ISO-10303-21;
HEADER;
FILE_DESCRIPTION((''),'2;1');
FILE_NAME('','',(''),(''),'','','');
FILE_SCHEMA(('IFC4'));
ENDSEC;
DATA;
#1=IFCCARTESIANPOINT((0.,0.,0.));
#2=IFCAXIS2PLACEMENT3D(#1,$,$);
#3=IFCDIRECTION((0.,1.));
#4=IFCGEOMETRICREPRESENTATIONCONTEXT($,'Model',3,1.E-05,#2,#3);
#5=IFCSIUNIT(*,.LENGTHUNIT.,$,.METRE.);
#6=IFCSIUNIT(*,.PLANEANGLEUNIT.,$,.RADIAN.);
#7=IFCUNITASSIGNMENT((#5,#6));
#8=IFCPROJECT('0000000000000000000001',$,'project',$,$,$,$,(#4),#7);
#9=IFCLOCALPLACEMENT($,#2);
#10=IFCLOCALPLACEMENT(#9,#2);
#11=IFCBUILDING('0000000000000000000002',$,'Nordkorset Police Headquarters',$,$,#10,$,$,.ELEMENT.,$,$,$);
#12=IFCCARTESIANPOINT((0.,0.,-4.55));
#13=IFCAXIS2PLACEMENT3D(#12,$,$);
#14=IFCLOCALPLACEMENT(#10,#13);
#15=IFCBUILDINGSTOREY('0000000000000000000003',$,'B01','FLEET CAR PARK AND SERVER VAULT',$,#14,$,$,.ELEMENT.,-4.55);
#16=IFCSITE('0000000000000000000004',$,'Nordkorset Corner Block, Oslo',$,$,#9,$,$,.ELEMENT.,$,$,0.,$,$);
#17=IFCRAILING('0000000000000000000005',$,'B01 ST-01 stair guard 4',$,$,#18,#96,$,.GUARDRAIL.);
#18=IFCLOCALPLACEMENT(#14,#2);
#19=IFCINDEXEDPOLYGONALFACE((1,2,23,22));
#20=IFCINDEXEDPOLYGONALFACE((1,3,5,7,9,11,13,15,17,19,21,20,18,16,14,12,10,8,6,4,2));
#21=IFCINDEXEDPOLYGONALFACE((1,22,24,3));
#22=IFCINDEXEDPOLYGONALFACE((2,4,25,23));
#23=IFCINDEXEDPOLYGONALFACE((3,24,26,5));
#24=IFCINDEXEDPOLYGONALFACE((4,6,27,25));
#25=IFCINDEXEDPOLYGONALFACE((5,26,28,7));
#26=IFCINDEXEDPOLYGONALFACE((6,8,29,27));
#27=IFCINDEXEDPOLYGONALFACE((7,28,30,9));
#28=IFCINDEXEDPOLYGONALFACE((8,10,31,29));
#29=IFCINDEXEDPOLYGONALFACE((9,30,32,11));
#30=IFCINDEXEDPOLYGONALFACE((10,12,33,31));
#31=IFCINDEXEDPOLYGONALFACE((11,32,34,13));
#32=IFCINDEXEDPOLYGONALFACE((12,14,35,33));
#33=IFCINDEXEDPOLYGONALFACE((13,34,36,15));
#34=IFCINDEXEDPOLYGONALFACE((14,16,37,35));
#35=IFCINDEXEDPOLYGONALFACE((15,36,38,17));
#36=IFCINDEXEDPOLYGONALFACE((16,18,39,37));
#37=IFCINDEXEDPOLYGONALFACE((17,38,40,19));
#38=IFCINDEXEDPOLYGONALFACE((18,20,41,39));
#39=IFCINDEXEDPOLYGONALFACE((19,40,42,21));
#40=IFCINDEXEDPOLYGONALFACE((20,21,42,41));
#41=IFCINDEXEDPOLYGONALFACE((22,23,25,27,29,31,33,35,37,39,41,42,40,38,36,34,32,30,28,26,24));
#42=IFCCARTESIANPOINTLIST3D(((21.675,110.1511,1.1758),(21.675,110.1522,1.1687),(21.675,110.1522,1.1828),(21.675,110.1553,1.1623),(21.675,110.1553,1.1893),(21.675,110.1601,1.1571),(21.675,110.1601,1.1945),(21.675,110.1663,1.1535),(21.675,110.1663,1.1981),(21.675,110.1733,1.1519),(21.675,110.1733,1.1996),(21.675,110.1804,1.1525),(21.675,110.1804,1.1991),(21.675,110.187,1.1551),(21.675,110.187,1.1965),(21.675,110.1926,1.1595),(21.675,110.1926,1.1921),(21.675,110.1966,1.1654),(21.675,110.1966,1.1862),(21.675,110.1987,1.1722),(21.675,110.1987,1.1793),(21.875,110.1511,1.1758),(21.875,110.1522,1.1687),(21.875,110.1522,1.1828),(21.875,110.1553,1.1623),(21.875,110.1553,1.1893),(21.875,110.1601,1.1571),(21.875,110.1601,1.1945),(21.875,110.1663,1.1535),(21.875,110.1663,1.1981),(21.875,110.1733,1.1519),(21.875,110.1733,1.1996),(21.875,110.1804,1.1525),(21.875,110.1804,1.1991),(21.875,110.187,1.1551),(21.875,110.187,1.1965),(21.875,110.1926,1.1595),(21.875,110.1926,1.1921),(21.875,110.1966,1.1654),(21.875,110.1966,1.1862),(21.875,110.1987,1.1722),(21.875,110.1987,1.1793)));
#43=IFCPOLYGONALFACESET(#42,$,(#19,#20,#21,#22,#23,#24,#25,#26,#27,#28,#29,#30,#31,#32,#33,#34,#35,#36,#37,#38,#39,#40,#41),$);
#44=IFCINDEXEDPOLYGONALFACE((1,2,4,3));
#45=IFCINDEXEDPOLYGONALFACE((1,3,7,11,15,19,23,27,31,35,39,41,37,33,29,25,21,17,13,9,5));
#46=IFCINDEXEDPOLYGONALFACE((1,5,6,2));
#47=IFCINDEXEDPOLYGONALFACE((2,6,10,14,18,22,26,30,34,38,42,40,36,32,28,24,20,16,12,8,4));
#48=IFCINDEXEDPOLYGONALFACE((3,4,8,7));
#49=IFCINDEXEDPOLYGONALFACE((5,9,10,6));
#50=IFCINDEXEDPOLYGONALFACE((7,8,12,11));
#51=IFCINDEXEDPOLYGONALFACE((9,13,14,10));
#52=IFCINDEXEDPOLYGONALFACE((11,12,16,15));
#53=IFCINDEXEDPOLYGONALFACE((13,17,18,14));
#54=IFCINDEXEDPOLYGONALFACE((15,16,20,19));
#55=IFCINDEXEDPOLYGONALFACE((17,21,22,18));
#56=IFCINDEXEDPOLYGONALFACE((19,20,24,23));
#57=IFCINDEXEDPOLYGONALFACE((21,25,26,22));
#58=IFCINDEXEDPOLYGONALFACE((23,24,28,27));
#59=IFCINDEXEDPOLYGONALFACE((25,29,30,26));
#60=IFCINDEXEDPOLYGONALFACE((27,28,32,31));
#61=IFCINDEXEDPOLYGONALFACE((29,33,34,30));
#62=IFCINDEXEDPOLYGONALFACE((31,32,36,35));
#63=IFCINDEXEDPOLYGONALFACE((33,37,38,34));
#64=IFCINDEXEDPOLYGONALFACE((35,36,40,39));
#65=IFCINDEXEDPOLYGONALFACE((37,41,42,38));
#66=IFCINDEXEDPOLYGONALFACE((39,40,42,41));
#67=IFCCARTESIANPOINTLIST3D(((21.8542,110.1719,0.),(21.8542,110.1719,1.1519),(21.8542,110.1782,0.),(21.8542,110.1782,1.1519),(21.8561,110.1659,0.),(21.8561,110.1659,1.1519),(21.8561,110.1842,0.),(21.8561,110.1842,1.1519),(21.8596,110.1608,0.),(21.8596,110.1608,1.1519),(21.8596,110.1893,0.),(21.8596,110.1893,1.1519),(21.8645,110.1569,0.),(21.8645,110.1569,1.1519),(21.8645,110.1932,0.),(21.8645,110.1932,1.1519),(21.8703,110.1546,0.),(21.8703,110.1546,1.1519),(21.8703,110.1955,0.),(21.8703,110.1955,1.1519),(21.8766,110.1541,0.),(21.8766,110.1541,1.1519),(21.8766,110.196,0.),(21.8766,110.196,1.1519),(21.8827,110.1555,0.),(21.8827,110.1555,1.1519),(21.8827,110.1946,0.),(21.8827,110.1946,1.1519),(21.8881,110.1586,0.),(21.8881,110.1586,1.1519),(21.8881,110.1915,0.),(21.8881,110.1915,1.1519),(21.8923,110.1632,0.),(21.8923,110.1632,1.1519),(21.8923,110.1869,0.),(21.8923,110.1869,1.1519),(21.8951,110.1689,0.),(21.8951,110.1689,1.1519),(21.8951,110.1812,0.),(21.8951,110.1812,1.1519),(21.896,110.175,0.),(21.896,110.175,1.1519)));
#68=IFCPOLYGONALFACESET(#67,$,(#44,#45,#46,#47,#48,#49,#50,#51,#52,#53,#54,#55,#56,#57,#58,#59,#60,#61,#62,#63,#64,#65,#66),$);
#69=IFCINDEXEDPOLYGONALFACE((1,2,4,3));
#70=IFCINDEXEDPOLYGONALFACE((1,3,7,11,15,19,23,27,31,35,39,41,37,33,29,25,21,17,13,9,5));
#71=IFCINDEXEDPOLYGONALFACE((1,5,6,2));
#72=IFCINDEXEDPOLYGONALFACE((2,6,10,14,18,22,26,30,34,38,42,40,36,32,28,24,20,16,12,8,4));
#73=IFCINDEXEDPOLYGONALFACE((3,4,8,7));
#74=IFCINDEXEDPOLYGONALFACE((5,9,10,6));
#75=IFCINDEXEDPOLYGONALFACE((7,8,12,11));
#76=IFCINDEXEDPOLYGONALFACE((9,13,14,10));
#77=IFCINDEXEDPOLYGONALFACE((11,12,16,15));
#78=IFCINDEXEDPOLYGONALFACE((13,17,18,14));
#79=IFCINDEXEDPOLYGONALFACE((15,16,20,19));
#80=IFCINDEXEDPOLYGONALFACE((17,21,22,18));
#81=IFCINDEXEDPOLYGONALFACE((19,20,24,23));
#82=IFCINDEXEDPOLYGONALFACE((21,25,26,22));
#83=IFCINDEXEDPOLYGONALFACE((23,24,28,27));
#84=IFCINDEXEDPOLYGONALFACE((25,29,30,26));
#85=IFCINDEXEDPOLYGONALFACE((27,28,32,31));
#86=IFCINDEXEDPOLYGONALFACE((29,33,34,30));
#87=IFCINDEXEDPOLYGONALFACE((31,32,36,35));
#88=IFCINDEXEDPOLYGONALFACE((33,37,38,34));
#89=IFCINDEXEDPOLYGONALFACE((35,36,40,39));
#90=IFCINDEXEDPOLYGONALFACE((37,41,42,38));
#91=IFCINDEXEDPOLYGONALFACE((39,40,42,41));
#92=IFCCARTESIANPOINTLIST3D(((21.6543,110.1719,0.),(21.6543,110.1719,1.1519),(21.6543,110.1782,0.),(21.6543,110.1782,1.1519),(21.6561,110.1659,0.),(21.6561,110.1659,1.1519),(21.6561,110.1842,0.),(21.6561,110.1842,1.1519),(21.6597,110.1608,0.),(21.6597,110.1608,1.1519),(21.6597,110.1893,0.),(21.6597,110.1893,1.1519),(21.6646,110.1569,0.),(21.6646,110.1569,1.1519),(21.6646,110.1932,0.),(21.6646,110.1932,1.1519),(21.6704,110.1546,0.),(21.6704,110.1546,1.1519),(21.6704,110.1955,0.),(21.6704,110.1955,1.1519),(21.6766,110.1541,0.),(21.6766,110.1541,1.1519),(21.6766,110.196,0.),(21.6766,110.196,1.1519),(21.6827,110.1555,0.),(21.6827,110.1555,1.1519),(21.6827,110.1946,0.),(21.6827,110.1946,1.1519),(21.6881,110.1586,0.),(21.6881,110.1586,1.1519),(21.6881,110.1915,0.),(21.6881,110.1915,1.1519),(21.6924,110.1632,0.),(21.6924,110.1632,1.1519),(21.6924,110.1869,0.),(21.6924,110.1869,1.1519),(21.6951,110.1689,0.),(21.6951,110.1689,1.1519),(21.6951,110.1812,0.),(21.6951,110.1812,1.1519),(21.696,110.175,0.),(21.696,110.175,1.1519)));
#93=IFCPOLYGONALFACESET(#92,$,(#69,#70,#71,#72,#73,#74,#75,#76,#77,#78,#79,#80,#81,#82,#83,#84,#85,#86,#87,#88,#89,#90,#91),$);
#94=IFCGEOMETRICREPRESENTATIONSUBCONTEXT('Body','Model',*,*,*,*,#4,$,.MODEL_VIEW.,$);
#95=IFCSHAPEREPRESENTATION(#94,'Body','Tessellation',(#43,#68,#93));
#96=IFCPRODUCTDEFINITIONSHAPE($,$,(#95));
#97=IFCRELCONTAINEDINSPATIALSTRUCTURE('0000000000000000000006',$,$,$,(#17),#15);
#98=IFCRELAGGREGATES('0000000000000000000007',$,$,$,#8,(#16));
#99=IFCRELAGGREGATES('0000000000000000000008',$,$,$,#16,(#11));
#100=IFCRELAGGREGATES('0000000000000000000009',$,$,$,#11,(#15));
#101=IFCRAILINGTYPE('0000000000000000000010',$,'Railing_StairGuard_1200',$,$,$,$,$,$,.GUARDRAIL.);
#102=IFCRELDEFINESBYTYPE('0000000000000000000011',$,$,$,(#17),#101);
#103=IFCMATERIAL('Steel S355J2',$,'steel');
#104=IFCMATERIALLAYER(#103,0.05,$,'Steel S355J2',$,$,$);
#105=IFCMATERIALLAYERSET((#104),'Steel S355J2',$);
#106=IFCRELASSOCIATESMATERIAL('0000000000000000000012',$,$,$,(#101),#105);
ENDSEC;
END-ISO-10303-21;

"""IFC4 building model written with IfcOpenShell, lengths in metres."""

from ifc_helpers import new_model, si_unit, direction, frame, origin, origin_2d, place, context, subcontext, project, spatial, circle, extrude, material, layer, layer_set, type_object, element, save


model = new_model("IFC4")

# Units and contexts
model_context = context("Model", 3, precision=1e-05, world=origin(), true_north=direction((0.0, 1.0)))
body_context = subcontext(model_context, "Body", "Model", "MODEL_VIEW")
ifc_project = project(units=[si_unit("LENGTHUNIT", "METRE"), si_unit("PLANEANGLEUNIT", "RADIAN")], contexts=[model_context])

# Site, building, storey
site_placement = place(None, origin())
site = spatial("IfcSite", under=ifc_project, at=site_placement, Name="Nordkorset Corner Block, Oslo", CompositionType="ELEMENT", RefElevation=0.0)
building_placement = place(site_placement, origin())
building = spatial("IfcBuilding", under=site, at=building_placement, Name="Nordkorset Police Headquarters", CompositionType="ELEMENT")
storey_placement = place(building_placement, frame((0.0, 0.0, -4.55)))
storey = spatial("IfcBuildingStorey", under=building, at=storey_placement, Name="B01", Description="FLEET CAR PARK AND SERVER VAULT", CompositionType="ELEMENT", Elevation=-4.55)

# Railing
ifc_material_1 = material(Name="Steel S355J2", Category="steel")
ifc_layer_1 = layer(ifc_material_1, 0.05, Name="Steel S355J2")
ifc_layer_set_1 = layer_set([ifc_layer_1], Name="Steel S355J2")
railing_type_1 = type_object("IfcRailingType", Name="Railing_StairGuard_1200", PredefinedType="GUARDRAIL", material=ifc_layer_set_1)
railing_1_placement = place(storey_placement, frame((21.875, 110.175, 0.0)))
element("IfcRailing", 1, at=railing_1_placement, inside=storey, type_object=railing_type_1, Name="B01 ST-01 stair guard 4", PredefinedType="GUARDRAIL", context=body_context, shape_type="SweptSolid", body=[
    extrude(circle(Radius=0.0239, at=origin_2d()), frame((0.0, 0.0, 1.1758), z_axis=(-1.0, 0.0, 0.0), x_axis=(0.0, -1.0, 0.0)), (0.0, 0.0, 1.0), 0.2),
    extrude(circle(Radius=0.021, at=origin_2d()), origin(), (0.0, 0.0, 1.0), 1.1519),
    extrude(circle(Radius=0.021, at=origin_2d()), frame((-0.2, 0.0, 0.0)), (0.0, 0.0, 1.0), 1.1519),
])

save(model, "model.ifc")
